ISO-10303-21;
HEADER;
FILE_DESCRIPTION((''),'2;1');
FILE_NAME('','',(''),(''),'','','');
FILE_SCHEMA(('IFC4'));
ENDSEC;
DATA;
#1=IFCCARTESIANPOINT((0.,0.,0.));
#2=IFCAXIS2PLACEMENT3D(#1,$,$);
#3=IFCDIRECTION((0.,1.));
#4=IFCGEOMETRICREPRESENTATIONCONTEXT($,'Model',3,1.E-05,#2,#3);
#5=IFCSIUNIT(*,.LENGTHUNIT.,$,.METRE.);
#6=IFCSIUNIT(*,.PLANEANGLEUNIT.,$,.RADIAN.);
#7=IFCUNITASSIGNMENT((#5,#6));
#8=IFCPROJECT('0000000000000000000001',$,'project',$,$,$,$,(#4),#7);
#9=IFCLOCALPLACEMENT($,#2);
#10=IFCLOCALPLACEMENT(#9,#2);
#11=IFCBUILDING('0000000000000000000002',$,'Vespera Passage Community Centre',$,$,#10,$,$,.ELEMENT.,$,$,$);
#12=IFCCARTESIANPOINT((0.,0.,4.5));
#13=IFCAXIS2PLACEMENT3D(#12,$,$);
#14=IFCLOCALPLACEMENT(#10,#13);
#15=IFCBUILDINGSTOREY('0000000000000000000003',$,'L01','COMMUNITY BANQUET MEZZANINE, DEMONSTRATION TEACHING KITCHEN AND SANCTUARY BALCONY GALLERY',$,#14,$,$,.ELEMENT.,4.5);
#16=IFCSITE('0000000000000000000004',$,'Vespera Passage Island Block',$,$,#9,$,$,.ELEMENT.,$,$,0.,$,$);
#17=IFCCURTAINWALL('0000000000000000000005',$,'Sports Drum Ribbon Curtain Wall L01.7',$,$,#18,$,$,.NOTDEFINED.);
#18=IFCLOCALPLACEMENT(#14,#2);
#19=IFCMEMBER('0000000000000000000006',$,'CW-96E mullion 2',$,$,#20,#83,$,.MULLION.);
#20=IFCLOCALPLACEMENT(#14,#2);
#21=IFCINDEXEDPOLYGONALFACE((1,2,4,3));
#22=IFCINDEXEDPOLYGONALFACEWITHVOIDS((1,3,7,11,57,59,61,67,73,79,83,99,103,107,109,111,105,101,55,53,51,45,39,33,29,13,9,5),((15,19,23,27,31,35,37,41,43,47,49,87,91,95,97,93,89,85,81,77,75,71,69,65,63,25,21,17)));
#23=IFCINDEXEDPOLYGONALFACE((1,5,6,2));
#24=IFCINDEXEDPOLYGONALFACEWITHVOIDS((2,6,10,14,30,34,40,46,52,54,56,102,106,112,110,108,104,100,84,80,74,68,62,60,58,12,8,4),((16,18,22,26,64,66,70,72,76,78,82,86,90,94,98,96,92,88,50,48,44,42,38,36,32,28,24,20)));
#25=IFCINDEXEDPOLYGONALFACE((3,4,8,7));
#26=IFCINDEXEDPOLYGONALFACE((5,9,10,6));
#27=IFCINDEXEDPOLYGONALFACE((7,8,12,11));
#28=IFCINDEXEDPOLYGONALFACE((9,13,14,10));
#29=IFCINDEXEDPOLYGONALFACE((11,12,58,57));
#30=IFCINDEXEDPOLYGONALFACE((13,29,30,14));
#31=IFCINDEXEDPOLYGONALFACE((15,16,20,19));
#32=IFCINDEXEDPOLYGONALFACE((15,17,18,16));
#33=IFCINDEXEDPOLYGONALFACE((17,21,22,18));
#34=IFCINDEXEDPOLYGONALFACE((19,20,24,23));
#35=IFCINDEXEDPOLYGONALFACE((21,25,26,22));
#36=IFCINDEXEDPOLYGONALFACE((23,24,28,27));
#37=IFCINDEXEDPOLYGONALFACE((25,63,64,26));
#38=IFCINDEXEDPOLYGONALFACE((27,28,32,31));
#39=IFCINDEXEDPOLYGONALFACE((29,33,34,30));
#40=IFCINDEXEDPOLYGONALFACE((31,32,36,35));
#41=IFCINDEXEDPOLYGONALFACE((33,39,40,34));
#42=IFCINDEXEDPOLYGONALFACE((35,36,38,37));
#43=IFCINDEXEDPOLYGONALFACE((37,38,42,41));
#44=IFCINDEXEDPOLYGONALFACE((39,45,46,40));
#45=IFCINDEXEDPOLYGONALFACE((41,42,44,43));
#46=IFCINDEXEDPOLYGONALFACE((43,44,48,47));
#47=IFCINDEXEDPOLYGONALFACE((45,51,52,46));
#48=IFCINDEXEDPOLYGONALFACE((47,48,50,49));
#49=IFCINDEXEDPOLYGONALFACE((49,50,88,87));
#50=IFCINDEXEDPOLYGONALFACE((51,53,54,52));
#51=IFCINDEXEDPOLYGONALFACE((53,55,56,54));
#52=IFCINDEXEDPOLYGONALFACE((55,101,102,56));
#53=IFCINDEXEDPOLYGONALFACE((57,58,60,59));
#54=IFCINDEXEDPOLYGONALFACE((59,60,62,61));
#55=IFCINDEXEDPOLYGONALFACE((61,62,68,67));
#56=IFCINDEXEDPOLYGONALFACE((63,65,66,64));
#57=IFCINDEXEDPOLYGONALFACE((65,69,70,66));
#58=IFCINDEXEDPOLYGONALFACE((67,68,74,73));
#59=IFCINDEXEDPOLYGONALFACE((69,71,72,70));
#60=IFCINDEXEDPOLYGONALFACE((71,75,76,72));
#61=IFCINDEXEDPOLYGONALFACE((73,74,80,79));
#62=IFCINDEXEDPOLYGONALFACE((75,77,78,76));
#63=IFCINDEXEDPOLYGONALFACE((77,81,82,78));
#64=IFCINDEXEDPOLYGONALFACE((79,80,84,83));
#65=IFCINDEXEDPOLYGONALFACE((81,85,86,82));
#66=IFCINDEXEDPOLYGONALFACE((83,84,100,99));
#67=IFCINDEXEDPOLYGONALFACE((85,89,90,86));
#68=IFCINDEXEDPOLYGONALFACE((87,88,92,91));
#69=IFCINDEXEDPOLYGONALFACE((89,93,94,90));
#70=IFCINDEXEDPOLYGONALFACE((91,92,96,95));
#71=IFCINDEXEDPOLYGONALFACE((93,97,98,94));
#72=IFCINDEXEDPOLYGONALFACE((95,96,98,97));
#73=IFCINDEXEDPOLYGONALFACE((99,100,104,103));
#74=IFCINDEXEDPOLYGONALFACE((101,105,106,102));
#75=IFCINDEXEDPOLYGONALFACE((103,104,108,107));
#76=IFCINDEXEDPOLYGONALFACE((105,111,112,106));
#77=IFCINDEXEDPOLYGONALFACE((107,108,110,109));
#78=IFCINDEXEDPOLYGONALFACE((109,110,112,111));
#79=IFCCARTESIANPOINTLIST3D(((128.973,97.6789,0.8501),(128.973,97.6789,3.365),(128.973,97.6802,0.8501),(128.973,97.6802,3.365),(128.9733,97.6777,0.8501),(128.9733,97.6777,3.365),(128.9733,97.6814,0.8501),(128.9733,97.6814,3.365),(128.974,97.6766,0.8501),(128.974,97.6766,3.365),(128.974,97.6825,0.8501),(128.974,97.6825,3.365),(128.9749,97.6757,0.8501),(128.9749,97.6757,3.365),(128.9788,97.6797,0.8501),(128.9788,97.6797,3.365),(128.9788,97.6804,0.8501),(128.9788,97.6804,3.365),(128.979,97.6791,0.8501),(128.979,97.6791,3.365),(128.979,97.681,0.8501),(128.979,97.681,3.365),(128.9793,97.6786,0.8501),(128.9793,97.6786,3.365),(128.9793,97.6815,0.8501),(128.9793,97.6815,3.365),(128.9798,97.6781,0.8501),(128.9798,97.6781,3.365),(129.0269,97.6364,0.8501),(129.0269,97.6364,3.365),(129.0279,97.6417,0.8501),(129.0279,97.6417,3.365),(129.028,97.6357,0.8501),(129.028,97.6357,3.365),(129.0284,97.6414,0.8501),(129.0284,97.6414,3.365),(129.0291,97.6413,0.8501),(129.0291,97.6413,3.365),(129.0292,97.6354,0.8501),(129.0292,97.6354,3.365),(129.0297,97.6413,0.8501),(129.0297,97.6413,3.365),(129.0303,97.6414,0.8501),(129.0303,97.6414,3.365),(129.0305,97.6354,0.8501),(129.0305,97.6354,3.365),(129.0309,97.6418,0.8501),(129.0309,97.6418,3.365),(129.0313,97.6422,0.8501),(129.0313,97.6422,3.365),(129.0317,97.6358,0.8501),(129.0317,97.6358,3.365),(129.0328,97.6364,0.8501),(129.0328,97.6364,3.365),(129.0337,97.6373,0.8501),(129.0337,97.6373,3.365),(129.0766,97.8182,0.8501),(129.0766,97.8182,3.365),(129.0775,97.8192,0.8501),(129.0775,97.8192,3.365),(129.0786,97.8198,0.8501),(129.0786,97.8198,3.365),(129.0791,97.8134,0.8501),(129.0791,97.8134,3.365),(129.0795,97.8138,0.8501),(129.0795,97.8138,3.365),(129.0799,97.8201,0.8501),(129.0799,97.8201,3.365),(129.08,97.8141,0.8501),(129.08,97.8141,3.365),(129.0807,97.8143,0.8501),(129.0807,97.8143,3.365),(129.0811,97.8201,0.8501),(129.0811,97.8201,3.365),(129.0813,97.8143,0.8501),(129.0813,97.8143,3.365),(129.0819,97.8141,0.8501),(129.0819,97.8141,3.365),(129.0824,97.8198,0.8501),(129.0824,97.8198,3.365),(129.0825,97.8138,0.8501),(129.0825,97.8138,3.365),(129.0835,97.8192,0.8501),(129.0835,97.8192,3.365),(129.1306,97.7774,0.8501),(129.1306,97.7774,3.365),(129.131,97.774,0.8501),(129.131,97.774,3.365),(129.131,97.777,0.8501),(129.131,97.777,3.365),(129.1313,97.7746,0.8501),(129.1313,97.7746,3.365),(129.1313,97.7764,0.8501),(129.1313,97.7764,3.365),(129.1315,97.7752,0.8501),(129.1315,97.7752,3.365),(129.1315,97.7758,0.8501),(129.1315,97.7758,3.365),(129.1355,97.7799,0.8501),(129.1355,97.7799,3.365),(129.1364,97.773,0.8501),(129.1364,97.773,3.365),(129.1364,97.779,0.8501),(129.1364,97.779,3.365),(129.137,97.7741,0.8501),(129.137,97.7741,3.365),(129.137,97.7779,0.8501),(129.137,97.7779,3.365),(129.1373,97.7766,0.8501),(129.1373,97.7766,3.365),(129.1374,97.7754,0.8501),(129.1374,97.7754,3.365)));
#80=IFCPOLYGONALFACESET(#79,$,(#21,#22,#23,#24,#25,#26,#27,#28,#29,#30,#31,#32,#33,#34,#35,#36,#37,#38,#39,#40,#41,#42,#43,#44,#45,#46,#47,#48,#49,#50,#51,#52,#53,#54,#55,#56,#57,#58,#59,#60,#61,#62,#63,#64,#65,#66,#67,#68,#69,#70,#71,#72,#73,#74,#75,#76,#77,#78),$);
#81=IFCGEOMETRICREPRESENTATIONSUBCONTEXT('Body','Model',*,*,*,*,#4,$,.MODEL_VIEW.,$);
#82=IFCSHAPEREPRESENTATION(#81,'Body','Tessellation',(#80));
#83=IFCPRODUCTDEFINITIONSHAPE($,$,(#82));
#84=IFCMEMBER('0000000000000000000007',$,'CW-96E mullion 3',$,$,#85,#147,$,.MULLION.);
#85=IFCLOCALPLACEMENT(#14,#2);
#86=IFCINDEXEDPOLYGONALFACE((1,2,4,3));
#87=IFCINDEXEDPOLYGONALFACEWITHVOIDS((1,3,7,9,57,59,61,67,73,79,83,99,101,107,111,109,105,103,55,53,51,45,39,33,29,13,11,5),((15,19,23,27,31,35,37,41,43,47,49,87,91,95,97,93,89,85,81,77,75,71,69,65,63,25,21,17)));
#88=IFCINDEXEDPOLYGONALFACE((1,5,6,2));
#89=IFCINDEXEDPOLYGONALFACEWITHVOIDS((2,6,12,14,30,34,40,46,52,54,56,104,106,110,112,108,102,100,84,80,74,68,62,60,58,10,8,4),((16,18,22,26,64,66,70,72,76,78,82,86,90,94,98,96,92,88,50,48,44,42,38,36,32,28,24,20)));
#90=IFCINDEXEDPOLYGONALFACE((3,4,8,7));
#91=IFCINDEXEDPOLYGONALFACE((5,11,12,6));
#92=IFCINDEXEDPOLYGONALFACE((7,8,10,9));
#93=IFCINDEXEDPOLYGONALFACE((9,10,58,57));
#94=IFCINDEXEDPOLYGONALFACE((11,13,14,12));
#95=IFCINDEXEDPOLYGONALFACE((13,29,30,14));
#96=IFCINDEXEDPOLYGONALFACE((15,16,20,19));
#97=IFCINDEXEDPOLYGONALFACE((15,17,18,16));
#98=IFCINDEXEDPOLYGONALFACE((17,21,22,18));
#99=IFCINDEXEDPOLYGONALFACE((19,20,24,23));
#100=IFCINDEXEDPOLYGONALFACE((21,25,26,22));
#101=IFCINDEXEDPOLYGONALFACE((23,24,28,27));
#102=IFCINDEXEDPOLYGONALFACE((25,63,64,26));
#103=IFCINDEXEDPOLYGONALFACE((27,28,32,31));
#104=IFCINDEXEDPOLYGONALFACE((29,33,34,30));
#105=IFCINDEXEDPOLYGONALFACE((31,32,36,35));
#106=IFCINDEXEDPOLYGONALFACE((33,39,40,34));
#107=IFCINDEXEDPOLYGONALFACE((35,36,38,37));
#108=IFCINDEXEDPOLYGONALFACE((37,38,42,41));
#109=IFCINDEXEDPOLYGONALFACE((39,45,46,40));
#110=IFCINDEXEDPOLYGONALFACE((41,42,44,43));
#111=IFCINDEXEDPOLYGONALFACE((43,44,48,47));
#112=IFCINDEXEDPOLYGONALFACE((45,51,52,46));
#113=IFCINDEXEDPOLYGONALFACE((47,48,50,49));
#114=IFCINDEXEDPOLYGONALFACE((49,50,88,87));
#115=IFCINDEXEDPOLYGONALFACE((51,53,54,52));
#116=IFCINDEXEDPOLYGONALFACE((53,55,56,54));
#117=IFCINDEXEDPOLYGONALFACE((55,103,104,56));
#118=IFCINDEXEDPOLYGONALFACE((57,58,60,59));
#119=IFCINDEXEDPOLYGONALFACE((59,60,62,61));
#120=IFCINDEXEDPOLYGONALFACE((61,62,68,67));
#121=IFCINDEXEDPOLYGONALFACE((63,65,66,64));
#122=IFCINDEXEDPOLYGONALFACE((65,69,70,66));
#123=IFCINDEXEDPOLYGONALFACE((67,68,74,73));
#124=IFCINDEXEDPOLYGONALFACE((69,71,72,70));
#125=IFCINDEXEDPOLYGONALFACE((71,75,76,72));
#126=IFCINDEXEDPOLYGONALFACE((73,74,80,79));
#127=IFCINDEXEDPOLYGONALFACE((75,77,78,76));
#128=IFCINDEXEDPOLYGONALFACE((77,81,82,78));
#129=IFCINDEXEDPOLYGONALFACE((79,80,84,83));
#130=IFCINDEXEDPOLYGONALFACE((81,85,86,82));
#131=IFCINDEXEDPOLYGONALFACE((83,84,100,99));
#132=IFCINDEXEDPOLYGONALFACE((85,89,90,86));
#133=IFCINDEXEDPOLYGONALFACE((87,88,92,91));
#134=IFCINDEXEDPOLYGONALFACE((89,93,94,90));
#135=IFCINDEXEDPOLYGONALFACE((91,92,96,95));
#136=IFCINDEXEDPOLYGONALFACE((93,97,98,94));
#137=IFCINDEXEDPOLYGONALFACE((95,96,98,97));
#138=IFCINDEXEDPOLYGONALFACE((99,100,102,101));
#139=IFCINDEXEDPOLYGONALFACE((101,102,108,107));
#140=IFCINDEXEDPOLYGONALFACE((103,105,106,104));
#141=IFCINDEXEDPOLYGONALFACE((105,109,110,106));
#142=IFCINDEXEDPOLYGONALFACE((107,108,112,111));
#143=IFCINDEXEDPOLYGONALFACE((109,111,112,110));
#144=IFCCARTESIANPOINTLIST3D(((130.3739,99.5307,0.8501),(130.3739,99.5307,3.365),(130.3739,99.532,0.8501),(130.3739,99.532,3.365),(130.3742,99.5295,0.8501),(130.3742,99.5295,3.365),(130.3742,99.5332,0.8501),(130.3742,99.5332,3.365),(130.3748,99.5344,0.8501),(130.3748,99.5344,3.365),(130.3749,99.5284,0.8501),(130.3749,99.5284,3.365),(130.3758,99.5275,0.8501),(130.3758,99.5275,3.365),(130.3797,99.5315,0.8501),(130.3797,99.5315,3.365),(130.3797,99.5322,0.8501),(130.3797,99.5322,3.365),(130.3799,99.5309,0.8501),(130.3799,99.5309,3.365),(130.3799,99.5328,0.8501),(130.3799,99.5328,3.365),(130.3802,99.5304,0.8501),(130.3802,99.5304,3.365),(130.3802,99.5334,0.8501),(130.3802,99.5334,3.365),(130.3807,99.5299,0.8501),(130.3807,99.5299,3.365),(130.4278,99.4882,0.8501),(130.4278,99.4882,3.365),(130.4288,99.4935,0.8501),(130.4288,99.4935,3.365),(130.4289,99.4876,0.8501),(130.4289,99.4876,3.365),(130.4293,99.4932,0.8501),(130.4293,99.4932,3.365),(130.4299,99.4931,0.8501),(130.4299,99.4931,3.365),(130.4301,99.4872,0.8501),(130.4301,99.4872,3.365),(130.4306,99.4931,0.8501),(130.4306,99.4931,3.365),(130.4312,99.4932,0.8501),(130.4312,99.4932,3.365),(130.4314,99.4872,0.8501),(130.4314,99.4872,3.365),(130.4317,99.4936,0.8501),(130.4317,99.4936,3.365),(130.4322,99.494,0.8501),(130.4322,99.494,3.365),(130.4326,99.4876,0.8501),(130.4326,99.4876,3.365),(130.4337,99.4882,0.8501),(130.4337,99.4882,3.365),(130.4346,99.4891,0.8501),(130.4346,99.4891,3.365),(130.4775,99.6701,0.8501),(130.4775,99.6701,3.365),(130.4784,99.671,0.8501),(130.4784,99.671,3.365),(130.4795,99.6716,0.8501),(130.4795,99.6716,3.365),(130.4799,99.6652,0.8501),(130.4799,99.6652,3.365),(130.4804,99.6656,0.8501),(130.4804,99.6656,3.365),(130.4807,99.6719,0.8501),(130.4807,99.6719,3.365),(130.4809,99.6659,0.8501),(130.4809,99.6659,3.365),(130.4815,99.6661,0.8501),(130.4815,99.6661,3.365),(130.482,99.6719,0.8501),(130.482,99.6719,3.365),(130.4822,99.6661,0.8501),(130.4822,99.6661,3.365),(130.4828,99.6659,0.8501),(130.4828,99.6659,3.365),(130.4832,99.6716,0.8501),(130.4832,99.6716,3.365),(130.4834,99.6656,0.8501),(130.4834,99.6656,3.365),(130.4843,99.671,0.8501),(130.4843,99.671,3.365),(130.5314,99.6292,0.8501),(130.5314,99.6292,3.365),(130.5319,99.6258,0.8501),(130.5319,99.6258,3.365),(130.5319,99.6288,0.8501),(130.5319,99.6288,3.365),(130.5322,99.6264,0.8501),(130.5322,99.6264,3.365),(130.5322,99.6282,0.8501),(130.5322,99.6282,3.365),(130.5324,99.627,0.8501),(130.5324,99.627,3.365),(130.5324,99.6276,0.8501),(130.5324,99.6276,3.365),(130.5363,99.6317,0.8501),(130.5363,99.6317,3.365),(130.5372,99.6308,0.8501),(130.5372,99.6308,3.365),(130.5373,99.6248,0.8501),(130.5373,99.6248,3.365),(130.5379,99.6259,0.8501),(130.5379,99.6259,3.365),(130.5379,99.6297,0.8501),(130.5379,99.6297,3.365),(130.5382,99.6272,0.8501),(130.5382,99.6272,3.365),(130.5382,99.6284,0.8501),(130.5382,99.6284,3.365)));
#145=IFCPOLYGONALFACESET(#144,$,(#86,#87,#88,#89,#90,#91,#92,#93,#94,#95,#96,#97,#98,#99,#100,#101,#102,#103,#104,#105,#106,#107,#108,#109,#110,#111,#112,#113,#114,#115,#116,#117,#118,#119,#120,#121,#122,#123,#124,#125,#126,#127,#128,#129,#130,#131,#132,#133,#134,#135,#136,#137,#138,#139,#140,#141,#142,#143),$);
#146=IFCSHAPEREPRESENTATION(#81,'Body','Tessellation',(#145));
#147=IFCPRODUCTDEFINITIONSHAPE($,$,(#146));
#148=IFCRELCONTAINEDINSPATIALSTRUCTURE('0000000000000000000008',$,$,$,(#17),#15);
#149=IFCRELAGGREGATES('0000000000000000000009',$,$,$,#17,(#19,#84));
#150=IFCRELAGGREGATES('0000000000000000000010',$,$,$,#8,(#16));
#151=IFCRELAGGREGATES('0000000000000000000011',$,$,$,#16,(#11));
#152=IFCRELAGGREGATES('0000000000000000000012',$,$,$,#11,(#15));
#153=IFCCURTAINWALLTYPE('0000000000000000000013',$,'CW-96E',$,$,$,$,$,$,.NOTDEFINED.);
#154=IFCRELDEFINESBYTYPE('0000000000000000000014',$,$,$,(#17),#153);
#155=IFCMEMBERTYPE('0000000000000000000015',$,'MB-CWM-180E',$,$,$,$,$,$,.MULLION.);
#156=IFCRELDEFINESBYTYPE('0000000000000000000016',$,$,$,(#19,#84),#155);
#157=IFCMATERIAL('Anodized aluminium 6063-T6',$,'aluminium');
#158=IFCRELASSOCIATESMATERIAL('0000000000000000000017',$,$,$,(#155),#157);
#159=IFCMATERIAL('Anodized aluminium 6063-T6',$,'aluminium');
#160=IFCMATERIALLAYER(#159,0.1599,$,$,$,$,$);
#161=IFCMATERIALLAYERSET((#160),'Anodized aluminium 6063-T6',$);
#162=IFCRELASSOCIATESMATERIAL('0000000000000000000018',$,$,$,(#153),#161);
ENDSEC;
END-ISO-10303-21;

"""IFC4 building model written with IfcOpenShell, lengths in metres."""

from ifc_helpers import new_model, si_unit, direction, frame, origin, origin_2d, place, context, subcontext, project, spatial, hollow_rectangle, extrude, material, layer, layer_set, material_profile, profile_set, type_object, element, aggregate, save


model = new_model("IFC4")

# Units and contexts
model_context = context("Model", 3, precision=1e-05, world=origin(), true_north=direction((0.0, 1.0)))
body_context = subcontext(model_context, "Body", "Model", "MODEL_VIEW")
ifc_project = project(units=[si_unit("LENGTHUNIT", "METRE"), si_unit("PLANEANGLEUNIT", "RADIAN")], contexts=[model_context])

# Site, building, storey
site_placement = place(None, origin())
site = spatial("IfcSite", under=ifc_project, at=site_placement, Name="Vespera Passage Island Block", CompositionType="ELEMENT", RefElevation=0.0)
building_placement = place(site_placement, origin())
building = spatial("IfcBuilding", under=site, at=building_placement, Name="Vespera Passage Community Centre", CompositionType="ELEMENT")
storey_placement = place(building_placement, frame((0.0, 0.0, 4.5)))
storey = spatial("IfcBuildingStorey", under=building, at=storey_placement, Name="L01", Description="COMMUNITY BANQUET MEZZANINE, DEMONSTRATION TEACHING KITCHEN AND SANCTUARY BALCONY GALLERY", CompositionType="ELEMENT", Elevation=4.5)

# Shared definitions
ifc_material_1 = material(Name="Anodized aluminium 6063-T6", Category="aluminium")
ifc_material_profile_1 = material_profile(ifc_material_1, hollow_rectangle(XDim=0.075, YDim=0.1799, WallThickness=0.0049, InnerFilletRadius=0.0024, OuterFilletRadius=0.0049, at=origin_2d()), Name="ALU180X75X5")
ifc_profile_set_1 = profile_set([ifc_material_profile_1], Name="Anodized aluminium 6063-T6")
member_type_1 = type_object("IfcMemberType", Name="MB-CWM-180E", PredefinedType="MULLION", material=ifc_profile_set_1)

# Curtain wall, members
ifc_material_2 = material(Name="Anodized aluminium 6063-T6", Category="aluminium")
ifc_layer_1 = layer(ifc_material_2, 0.1599)
ifc_layer_set_1 = layer_set([ifc_layer_1], Name="Anodized aluminium 6063-T6")
curtain_wall_type_1 = type_object("IfcCurtainWallType", Name="CW-96E", PredefinedType="NOTDEFINED", material=ifc_layer_set_1)
curtain_wall_1_placement = place(storey_placement, origin())
curtain_wall_1 = element("IfcCurtainWall", 1, at=curtain_wall_1_placement, inside=storey, type_object=curtain_wall_type_1, Name="Sports Drum Ribbon Curtain Wall L01.7", PredefinedType="NOTDEFINED")
member_1_placement = place(storey_placement, frame((129.0552, 97.7278, 0.8501), z_axis=(0.0, 0.0, 1.0), x_axis=(-0.797434, 0.603406, 0.0)))
member_1 = element("IfcMember", 2, at=member_1_placement, type_object=member_type_1, Name="CW-96E mullion 2", PredefinedType="MULLION", context=body_context, shape_type="SweptSolid", body=[
    extrude(hollow_rectangle(XDim=0.075, YDim=0.1799, WallThickness=0.0049, InnerFilletRadius=0.0024, OuterFilletRadius=0.0049, at=origin_2d()), origin(), (0.0, 0.0, 1.0), 2.5149),
])
member_2_placement = place(storey_placement, frame((130.4561, 99.5796, 0.8501), z_axis=(0.0, 0.0, 1.0), x_axis=(-0.797434, 0.603406, 0.0)))
member_2 = element("IfcMember", 3, at=member_2_placement, type_object=member_type_1, Name="CW-96E mullion 3", PredefinedType="MULLION", context=body_context, shape_type="SweptSolid", body=[
    extrude(hollow_rectangle(XDim=0.075, YDim=0.1799, WallThickness=0.0049, InnerFilletRadius=0.0024, OuterFilletRadius=0.0049, at=origin_2d()), origin(), (0.0, 0.0, 1.0), 2.5149),
])

aggregate(curtain_wall_1, [member_1, member_2])

save(model, "model.ifc")
